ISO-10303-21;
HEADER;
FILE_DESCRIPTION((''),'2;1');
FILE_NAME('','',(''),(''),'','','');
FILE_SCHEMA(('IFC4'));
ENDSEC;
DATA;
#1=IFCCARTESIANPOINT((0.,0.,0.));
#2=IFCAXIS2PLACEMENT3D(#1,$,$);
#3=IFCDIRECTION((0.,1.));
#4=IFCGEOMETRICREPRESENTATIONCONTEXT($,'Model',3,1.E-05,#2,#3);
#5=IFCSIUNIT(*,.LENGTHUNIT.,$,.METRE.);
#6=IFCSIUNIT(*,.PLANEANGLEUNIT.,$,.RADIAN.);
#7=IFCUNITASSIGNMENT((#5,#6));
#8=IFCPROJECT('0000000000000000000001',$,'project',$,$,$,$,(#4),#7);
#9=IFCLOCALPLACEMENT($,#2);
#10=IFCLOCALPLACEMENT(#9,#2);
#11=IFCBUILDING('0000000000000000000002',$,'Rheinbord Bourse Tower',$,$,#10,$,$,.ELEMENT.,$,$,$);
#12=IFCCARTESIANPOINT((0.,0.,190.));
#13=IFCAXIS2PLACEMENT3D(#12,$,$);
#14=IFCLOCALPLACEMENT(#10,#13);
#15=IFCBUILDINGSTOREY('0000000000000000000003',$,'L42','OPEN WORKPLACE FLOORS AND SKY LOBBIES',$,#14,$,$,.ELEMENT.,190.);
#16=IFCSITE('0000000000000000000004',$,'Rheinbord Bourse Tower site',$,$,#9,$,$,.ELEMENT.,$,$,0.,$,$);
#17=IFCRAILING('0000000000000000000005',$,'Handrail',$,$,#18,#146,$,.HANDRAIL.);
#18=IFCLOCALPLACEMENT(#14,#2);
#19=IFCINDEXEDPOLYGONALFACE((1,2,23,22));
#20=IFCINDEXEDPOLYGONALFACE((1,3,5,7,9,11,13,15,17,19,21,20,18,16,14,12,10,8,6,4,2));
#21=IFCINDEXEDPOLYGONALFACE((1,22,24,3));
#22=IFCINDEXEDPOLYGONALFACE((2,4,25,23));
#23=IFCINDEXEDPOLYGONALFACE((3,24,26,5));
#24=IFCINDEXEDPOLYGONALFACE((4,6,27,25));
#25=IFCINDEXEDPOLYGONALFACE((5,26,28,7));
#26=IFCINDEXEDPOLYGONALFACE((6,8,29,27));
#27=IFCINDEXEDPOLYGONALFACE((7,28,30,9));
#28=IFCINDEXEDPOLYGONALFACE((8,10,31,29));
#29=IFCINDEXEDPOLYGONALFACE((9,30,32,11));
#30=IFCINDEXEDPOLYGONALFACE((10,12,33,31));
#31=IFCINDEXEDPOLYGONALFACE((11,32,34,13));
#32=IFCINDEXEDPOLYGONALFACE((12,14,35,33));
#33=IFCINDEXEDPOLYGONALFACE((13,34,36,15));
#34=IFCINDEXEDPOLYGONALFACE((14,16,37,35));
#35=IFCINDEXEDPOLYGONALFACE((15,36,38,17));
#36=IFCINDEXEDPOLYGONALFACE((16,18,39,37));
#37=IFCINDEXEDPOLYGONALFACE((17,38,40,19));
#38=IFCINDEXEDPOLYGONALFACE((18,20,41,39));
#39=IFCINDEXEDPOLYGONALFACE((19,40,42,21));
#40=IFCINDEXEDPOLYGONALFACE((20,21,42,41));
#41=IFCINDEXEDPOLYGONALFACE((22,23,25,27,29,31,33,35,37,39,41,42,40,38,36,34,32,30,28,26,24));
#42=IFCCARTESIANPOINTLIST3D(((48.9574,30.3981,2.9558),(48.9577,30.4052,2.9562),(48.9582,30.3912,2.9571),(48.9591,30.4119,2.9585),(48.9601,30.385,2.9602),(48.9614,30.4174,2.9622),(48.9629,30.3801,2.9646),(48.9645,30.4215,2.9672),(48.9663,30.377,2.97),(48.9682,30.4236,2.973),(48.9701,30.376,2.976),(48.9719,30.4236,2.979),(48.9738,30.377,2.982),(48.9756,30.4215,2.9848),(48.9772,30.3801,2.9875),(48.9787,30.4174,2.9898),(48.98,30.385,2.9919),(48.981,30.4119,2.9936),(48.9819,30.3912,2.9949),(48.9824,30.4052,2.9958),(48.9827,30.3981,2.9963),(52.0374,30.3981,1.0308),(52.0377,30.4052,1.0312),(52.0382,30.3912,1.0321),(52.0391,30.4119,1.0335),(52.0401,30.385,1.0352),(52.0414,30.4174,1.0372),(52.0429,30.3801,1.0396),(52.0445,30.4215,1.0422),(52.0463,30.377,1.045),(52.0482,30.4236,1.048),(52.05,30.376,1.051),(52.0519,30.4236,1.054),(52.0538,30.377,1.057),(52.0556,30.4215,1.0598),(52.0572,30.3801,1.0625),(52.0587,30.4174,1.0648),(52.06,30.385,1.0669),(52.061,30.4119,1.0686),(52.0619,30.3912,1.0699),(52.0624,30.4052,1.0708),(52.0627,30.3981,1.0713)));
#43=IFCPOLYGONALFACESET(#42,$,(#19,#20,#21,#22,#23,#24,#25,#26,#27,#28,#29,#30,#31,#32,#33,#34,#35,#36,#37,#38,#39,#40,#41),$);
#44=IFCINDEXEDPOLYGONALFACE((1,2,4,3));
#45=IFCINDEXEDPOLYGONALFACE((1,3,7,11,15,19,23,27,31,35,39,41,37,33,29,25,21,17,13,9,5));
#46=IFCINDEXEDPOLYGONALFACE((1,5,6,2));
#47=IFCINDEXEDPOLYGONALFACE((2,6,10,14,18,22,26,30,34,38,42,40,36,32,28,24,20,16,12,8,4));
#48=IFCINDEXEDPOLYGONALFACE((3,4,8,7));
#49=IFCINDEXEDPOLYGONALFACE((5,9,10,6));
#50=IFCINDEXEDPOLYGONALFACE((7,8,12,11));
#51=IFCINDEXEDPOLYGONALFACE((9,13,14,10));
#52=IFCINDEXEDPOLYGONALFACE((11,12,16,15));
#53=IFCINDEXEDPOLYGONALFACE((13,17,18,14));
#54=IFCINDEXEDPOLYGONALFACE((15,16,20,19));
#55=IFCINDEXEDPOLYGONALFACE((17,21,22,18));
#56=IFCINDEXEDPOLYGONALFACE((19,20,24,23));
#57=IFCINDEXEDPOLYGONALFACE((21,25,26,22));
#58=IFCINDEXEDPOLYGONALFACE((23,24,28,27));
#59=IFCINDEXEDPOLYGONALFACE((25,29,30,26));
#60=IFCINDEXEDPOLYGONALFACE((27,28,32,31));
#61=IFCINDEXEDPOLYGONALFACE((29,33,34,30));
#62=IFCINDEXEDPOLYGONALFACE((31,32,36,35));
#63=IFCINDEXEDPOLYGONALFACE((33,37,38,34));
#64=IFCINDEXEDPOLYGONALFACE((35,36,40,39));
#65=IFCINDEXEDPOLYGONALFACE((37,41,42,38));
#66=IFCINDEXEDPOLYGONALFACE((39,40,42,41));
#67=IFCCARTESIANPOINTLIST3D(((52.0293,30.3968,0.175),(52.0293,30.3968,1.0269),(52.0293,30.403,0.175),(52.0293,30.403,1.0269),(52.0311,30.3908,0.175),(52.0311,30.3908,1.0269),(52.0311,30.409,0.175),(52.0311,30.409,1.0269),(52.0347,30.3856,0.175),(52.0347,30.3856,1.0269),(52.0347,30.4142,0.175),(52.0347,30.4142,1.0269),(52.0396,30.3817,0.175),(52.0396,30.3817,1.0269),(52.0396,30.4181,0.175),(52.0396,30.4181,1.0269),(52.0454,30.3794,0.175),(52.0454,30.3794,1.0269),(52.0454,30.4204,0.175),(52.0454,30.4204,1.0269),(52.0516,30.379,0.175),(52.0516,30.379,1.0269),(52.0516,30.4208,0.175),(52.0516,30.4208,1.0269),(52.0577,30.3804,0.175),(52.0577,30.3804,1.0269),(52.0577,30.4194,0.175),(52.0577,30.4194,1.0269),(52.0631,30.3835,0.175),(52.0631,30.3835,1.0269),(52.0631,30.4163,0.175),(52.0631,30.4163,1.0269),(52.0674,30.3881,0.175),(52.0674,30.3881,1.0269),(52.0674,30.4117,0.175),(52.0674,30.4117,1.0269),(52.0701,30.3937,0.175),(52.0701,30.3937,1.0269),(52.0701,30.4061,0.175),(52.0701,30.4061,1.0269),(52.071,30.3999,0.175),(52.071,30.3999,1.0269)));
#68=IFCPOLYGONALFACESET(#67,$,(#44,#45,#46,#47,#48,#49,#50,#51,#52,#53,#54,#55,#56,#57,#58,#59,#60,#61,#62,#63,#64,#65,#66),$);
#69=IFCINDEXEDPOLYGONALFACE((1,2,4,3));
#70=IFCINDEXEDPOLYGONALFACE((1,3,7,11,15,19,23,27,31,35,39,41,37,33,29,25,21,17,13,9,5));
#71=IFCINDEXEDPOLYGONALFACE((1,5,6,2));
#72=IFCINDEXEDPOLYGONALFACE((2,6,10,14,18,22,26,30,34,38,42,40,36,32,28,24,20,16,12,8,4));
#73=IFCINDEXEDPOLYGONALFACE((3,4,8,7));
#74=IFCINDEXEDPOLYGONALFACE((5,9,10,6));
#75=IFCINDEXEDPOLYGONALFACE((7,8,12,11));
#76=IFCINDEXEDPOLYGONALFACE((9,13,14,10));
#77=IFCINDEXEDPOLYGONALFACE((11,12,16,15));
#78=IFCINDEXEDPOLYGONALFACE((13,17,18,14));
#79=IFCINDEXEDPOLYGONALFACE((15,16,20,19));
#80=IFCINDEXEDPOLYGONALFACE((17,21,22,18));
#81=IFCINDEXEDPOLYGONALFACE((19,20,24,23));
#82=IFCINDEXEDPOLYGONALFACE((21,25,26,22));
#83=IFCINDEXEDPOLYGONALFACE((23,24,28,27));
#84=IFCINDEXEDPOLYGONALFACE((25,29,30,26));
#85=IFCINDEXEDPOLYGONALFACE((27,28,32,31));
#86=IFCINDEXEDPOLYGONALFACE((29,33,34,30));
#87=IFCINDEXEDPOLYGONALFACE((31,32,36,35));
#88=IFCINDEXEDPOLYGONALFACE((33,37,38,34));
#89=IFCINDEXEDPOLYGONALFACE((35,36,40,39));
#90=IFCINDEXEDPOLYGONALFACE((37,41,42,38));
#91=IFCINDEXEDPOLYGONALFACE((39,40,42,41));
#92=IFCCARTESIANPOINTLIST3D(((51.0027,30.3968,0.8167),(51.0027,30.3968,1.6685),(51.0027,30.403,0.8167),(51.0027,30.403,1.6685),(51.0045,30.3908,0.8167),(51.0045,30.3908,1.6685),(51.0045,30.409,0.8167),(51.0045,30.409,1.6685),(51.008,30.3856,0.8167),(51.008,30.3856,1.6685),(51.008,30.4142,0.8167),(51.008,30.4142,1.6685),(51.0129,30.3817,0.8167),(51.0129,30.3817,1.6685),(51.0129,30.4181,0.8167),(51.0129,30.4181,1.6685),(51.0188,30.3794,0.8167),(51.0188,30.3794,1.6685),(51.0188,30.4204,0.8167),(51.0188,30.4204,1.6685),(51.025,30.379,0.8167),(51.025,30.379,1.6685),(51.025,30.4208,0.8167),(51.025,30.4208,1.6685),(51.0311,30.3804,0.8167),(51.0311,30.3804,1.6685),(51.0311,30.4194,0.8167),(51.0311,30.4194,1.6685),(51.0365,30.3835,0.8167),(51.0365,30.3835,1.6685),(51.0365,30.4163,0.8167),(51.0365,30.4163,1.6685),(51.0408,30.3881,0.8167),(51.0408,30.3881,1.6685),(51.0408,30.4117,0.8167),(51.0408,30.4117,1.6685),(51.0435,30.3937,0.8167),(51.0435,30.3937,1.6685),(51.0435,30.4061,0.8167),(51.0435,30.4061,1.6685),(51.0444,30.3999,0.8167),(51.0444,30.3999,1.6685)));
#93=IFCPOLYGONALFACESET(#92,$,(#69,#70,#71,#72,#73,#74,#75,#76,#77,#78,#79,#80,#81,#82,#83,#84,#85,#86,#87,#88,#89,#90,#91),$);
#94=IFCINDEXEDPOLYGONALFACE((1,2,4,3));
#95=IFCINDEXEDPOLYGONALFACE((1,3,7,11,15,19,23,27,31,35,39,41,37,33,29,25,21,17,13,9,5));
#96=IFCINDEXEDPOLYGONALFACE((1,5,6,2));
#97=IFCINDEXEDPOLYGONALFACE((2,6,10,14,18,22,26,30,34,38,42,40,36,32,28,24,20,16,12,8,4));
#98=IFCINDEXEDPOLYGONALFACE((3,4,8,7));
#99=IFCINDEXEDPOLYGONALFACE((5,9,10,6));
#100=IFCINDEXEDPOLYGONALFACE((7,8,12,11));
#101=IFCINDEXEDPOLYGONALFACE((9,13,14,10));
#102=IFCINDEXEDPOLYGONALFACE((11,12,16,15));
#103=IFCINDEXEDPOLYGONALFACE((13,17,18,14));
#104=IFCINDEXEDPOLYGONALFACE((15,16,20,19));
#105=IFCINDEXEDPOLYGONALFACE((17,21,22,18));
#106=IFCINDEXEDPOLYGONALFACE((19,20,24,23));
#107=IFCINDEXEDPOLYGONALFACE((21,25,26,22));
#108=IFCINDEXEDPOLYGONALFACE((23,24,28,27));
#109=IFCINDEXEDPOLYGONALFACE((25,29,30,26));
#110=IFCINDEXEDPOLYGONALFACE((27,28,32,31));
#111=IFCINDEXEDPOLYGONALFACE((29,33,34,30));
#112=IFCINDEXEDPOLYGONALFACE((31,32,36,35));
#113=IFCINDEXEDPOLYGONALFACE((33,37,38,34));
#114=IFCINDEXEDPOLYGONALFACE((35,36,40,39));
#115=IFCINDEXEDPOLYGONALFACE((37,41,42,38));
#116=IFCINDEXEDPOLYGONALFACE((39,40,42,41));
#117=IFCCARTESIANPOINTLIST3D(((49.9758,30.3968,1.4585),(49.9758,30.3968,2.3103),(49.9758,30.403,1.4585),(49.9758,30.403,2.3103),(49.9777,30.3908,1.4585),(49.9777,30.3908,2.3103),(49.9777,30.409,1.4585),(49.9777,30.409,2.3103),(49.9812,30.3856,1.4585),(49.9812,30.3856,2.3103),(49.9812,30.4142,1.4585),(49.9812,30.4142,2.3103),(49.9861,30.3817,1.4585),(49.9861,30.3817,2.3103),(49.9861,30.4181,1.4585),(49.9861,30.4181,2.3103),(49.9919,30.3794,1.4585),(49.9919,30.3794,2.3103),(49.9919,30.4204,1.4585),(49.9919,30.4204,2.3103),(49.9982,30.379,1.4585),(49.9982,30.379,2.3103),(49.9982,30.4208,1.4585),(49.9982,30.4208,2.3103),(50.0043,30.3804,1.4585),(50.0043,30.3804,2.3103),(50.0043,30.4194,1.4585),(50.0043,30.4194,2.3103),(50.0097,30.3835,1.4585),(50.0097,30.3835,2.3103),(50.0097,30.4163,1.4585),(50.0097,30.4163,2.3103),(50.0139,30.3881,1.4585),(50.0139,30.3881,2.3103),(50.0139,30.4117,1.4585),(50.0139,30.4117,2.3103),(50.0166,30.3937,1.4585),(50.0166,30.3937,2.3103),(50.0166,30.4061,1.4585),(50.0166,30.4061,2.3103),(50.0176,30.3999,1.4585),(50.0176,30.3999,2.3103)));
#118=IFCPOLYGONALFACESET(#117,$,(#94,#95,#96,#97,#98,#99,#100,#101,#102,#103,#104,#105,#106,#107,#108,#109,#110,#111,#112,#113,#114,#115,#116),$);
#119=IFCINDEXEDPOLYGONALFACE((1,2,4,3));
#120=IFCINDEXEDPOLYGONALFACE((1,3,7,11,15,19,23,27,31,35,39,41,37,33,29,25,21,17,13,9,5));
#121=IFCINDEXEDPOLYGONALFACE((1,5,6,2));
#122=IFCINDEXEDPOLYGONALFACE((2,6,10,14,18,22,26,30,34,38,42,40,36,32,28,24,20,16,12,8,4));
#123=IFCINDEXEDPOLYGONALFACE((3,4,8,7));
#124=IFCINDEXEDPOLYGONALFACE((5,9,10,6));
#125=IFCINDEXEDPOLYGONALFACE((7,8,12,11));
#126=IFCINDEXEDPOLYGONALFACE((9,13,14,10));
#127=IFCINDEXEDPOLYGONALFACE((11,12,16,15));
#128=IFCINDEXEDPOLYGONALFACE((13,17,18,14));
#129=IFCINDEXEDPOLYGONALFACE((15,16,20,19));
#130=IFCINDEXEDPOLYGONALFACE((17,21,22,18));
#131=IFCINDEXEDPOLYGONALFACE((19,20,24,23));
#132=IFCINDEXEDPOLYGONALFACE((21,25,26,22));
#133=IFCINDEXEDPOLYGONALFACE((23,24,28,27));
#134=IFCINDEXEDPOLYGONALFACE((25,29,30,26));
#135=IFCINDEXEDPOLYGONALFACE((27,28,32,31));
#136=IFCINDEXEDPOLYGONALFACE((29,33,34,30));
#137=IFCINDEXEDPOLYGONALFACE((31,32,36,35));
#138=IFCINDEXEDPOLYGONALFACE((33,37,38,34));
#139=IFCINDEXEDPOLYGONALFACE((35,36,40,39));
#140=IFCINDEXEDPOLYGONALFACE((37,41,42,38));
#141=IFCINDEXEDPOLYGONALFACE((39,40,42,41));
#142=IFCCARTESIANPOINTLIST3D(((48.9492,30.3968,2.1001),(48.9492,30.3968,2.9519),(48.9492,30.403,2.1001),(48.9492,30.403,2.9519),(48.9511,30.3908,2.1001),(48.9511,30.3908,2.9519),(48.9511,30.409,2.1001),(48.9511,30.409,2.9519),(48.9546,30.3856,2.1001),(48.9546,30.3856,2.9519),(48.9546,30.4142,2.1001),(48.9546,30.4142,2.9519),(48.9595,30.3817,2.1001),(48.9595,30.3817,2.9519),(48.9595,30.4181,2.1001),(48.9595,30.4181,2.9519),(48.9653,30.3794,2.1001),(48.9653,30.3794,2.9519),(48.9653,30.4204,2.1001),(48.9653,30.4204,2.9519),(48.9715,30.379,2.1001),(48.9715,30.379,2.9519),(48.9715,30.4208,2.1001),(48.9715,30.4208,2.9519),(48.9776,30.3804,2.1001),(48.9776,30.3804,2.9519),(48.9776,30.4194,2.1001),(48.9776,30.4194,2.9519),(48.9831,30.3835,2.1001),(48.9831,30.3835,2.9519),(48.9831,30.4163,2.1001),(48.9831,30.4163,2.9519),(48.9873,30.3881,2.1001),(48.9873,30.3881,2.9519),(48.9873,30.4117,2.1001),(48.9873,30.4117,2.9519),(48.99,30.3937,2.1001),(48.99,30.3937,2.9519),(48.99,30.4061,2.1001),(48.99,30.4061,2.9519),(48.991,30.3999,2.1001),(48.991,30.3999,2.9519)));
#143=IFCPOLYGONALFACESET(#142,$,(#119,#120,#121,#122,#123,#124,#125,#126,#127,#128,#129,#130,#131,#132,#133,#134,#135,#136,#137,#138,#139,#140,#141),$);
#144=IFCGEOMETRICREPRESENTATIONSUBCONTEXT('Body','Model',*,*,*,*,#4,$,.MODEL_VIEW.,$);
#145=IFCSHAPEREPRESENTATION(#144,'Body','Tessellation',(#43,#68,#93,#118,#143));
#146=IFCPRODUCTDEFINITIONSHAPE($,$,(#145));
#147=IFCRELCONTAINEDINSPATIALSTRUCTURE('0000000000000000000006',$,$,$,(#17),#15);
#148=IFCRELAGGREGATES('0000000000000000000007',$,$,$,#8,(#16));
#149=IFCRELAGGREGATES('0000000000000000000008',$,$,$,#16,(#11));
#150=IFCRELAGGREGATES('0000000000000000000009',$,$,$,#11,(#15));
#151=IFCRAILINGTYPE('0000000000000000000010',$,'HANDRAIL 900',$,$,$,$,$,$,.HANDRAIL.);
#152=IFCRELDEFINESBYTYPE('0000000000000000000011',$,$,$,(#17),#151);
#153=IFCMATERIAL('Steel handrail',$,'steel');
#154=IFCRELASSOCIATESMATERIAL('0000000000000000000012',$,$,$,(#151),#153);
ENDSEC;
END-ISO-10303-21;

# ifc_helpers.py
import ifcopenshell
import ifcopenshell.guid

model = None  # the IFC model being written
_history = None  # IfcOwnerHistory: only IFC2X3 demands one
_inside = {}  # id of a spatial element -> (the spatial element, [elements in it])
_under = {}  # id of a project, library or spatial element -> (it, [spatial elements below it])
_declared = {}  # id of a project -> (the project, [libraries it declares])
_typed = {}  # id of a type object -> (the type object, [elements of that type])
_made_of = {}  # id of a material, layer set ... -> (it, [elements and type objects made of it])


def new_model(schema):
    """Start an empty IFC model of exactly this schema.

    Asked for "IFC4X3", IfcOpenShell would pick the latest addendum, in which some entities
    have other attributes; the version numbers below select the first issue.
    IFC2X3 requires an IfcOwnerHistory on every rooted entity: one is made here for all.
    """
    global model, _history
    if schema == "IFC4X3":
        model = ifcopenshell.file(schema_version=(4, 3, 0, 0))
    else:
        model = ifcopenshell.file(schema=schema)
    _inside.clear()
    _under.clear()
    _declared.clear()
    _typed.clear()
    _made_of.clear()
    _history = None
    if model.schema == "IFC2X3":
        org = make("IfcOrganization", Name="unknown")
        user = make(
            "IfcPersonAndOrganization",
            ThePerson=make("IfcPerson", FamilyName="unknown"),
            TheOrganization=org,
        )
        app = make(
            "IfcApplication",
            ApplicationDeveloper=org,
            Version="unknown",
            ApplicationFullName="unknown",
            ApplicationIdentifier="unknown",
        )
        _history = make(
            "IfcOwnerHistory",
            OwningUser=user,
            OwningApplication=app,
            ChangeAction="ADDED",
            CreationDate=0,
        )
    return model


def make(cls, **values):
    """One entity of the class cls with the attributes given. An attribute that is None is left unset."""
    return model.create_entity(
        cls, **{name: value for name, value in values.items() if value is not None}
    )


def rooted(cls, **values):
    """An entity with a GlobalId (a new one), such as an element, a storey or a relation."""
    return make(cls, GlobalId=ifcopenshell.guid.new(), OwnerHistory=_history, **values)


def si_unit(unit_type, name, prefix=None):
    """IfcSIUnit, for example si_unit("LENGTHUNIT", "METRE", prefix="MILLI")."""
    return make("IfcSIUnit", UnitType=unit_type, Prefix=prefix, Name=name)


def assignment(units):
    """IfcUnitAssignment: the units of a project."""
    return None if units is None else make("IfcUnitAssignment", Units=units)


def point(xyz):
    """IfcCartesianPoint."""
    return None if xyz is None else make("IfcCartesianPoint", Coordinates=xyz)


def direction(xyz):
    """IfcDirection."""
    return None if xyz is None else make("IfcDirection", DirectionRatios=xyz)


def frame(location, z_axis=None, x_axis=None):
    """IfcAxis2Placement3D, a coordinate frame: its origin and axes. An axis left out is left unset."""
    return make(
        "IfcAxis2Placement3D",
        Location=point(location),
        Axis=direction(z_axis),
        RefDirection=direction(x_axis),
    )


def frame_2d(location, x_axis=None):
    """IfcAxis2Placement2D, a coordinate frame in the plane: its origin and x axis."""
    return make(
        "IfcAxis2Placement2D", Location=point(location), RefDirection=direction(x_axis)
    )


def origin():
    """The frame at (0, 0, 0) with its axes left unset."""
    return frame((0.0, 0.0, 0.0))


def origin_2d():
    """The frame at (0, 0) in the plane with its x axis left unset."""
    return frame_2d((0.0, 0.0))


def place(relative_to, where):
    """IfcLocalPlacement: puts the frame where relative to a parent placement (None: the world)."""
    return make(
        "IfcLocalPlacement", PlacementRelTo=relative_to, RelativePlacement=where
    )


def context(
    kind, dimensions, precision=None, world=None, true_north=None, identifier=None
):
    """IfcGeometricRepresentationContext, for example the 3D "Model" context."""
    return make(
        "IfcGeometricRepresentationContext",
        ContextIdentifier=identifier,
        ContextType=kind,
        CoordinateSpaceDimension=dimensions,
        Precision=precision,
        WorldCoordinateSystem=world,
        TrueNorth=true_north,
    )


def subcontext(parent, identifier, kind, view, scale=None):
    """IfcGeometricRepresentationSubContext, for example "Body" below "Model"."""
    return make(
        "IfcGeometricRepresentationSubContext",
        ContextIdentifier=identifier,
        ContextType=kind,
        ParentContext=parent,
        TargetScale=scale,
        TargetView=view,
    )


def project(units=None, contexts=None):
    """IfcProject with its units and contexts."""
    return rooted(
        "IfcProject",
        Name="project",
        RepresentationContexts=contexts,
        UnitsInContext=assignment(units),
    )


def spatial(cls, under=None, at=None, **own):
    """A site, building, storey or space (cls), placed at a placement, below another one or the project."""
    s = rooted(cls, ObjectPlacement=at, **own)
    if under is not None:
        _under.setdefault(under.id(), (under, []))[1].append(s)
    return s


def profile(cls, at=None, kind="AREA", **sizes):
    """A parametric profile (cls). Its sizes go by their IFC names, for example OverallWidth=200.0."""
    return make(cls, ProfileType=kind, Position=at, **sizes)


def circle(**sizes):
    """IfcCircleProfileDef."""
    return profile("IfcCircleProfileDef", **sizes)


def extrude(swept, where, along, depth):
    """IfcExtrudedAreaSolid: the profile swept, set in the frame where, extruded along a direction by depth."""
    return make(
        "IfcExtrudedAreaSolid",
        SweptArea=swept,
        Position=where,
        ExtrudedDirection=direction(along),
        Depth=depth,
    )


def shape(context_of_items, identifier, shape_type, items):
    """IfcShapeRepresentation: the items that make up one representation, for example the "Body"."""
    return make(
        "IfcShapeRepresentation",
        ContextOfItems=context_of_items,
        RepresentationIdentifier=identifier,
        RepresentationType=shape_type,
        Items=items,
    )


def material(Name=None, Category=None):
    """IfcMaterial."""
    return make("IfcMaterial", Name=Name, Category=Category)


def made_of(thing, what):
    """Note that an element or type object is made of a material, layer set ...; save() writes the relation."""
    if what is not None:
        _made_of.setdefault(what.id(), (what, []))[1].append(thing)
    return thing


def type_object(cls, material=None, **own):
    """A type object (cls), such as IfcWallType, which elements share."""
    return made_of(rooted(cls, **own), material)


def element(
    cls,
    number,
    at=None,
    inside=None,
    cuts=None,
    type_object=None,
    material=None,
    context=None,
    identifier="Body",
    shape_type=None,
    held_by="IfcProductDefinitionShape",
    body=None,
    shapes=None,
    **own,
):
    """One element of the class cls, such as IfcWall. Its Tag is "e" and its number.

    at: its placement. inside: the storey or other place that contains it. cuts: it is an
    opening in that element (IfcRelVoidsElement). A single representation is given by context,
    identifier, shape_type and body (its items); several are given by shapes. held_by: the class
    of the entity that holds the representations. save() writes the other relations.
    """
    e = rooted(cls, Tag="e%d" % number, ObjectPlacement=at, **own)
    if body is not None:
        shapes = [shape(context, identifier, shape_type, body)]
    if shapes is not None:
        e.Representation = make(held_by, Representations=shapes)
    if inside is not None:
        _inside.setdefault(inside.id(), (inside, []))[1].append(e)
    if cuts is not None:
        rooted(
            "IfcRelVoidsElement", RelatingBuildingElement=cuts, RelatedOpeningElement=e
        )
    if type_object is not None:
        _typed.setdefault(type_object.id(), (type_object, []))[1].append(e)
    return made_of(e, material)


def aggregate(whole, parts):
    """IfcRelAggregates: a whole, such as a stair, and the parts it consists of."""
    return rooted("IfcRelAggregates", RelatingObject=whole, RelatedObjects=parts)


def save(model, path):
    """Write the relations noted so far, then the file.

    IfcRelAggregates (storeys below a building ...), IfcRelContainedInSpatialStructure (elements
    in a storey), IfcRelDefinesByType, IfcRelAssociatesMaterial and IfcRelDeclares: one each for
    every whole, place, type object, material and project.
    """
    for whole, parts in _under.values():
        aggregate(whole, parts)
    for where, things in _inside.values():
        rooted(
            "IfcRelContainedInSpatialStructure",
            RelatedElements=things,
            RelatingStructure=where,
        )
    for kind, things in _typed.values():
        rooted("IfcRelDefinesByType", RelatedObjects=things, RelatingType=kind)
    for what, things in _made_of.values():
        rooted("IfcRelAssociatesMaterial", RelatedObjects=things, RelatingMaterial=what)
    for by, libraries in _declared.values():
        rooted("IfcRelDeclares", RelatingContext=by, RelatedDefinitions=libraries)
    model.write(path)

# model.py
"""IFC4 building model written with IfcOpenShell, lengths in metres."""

from ifc_helpers import new_model, si_unit, direction, frame, origin, origin_2d, place, context, subcontext, project, spatial, circle, extrude, material, type_object, element, save


model = new_model("IFC4")

# Units and contexts
model_context = context("Model", 3, precision=1e-05, world=origin(), true_north=direction((0.0, 1.0)))
body_context = subcontext(model_context, "Body", "Model", "MODEL_VIEW")
ifc_project = project(units=[si_unit("LENGTHUNIT", "METRE"), si_unit("PLANEANGLEUNIT", "RADIAN")], contexts=[model_context])

# Site, building, storey
site_placement = place(None, origin())
site = spatial("IfcSite", under=ifc_project, at=site_placement, Name="Rheinbord Bourse Tower site", CompositionType="ELEMENT", RefElevation=0.0)
building_placement = place(site_placement, origin())
building = spatial("IfcBuilding", under=site, at=building_placement, Name="Rheinbord Bourse Tower", CompositionType="ELEMENT")
storey_placement = place(building_placement, frame((0.0, 0.0, 190.0)))
storey = spatial("IfcBuildingStorey", under=building, at=storey_placement, Name="L42", Description="OPEN WORKPLACE FLOORS AND SKY LOBBIES", CompositionType="ELEMENT", Elevation=190.0)

# Railing
ifc_material_1 = material(Name="Steel handrail", Category="steel")
railing_type = type_object("IfcRailingType", Name="HANDRAIL 900", PredefinedType="HANDRAIL", material=ifc_material_1)
railing_1_placement = place(storey_placement, frame((52.05, 30.3999, 0.175)))
element("IfcRailing", 1, at=railing_1_placement, inside=storey, type_object=railing_type, Name="Handrail", PredefinedType="HANDRAIL", context=body_context, shape_type="SweptSolid", body=[
    extrude(circle(Radius=0.0239, at=origin_2d()), frame((0.0, 0.0, 0.876), z_axis=(-0.847998, 0.0, 0.529999), x_axis=(0.0, -1.0, 0.0)), (0.0, 0.0, 1.0), 3.6321),
    extrude(circle(Radius=0.021, at=origin_2d()), origin(), (0.0, 0.0, 1.0), 0.8518),
    extrude(circle(Radius=0.021, at=origin_2d()), frame((-1.0266, 0.0, 0.6416)), (0.0, 0.0, 1.0), 0.8518),
    extrude(circle(Radius=0.021, at=origin_2d()), frame((-2.0535, 0.0, 1.2834)), (0.0, 0.0, 1.0), 0.8518),
    extrude(circle(Radius=0.021, at=origin_2d()), frame((-3.0801, 0.0, 1.925)), (0.0, 0.0, 1.0), 0.8518),
])

save(model, "model.ifc")
